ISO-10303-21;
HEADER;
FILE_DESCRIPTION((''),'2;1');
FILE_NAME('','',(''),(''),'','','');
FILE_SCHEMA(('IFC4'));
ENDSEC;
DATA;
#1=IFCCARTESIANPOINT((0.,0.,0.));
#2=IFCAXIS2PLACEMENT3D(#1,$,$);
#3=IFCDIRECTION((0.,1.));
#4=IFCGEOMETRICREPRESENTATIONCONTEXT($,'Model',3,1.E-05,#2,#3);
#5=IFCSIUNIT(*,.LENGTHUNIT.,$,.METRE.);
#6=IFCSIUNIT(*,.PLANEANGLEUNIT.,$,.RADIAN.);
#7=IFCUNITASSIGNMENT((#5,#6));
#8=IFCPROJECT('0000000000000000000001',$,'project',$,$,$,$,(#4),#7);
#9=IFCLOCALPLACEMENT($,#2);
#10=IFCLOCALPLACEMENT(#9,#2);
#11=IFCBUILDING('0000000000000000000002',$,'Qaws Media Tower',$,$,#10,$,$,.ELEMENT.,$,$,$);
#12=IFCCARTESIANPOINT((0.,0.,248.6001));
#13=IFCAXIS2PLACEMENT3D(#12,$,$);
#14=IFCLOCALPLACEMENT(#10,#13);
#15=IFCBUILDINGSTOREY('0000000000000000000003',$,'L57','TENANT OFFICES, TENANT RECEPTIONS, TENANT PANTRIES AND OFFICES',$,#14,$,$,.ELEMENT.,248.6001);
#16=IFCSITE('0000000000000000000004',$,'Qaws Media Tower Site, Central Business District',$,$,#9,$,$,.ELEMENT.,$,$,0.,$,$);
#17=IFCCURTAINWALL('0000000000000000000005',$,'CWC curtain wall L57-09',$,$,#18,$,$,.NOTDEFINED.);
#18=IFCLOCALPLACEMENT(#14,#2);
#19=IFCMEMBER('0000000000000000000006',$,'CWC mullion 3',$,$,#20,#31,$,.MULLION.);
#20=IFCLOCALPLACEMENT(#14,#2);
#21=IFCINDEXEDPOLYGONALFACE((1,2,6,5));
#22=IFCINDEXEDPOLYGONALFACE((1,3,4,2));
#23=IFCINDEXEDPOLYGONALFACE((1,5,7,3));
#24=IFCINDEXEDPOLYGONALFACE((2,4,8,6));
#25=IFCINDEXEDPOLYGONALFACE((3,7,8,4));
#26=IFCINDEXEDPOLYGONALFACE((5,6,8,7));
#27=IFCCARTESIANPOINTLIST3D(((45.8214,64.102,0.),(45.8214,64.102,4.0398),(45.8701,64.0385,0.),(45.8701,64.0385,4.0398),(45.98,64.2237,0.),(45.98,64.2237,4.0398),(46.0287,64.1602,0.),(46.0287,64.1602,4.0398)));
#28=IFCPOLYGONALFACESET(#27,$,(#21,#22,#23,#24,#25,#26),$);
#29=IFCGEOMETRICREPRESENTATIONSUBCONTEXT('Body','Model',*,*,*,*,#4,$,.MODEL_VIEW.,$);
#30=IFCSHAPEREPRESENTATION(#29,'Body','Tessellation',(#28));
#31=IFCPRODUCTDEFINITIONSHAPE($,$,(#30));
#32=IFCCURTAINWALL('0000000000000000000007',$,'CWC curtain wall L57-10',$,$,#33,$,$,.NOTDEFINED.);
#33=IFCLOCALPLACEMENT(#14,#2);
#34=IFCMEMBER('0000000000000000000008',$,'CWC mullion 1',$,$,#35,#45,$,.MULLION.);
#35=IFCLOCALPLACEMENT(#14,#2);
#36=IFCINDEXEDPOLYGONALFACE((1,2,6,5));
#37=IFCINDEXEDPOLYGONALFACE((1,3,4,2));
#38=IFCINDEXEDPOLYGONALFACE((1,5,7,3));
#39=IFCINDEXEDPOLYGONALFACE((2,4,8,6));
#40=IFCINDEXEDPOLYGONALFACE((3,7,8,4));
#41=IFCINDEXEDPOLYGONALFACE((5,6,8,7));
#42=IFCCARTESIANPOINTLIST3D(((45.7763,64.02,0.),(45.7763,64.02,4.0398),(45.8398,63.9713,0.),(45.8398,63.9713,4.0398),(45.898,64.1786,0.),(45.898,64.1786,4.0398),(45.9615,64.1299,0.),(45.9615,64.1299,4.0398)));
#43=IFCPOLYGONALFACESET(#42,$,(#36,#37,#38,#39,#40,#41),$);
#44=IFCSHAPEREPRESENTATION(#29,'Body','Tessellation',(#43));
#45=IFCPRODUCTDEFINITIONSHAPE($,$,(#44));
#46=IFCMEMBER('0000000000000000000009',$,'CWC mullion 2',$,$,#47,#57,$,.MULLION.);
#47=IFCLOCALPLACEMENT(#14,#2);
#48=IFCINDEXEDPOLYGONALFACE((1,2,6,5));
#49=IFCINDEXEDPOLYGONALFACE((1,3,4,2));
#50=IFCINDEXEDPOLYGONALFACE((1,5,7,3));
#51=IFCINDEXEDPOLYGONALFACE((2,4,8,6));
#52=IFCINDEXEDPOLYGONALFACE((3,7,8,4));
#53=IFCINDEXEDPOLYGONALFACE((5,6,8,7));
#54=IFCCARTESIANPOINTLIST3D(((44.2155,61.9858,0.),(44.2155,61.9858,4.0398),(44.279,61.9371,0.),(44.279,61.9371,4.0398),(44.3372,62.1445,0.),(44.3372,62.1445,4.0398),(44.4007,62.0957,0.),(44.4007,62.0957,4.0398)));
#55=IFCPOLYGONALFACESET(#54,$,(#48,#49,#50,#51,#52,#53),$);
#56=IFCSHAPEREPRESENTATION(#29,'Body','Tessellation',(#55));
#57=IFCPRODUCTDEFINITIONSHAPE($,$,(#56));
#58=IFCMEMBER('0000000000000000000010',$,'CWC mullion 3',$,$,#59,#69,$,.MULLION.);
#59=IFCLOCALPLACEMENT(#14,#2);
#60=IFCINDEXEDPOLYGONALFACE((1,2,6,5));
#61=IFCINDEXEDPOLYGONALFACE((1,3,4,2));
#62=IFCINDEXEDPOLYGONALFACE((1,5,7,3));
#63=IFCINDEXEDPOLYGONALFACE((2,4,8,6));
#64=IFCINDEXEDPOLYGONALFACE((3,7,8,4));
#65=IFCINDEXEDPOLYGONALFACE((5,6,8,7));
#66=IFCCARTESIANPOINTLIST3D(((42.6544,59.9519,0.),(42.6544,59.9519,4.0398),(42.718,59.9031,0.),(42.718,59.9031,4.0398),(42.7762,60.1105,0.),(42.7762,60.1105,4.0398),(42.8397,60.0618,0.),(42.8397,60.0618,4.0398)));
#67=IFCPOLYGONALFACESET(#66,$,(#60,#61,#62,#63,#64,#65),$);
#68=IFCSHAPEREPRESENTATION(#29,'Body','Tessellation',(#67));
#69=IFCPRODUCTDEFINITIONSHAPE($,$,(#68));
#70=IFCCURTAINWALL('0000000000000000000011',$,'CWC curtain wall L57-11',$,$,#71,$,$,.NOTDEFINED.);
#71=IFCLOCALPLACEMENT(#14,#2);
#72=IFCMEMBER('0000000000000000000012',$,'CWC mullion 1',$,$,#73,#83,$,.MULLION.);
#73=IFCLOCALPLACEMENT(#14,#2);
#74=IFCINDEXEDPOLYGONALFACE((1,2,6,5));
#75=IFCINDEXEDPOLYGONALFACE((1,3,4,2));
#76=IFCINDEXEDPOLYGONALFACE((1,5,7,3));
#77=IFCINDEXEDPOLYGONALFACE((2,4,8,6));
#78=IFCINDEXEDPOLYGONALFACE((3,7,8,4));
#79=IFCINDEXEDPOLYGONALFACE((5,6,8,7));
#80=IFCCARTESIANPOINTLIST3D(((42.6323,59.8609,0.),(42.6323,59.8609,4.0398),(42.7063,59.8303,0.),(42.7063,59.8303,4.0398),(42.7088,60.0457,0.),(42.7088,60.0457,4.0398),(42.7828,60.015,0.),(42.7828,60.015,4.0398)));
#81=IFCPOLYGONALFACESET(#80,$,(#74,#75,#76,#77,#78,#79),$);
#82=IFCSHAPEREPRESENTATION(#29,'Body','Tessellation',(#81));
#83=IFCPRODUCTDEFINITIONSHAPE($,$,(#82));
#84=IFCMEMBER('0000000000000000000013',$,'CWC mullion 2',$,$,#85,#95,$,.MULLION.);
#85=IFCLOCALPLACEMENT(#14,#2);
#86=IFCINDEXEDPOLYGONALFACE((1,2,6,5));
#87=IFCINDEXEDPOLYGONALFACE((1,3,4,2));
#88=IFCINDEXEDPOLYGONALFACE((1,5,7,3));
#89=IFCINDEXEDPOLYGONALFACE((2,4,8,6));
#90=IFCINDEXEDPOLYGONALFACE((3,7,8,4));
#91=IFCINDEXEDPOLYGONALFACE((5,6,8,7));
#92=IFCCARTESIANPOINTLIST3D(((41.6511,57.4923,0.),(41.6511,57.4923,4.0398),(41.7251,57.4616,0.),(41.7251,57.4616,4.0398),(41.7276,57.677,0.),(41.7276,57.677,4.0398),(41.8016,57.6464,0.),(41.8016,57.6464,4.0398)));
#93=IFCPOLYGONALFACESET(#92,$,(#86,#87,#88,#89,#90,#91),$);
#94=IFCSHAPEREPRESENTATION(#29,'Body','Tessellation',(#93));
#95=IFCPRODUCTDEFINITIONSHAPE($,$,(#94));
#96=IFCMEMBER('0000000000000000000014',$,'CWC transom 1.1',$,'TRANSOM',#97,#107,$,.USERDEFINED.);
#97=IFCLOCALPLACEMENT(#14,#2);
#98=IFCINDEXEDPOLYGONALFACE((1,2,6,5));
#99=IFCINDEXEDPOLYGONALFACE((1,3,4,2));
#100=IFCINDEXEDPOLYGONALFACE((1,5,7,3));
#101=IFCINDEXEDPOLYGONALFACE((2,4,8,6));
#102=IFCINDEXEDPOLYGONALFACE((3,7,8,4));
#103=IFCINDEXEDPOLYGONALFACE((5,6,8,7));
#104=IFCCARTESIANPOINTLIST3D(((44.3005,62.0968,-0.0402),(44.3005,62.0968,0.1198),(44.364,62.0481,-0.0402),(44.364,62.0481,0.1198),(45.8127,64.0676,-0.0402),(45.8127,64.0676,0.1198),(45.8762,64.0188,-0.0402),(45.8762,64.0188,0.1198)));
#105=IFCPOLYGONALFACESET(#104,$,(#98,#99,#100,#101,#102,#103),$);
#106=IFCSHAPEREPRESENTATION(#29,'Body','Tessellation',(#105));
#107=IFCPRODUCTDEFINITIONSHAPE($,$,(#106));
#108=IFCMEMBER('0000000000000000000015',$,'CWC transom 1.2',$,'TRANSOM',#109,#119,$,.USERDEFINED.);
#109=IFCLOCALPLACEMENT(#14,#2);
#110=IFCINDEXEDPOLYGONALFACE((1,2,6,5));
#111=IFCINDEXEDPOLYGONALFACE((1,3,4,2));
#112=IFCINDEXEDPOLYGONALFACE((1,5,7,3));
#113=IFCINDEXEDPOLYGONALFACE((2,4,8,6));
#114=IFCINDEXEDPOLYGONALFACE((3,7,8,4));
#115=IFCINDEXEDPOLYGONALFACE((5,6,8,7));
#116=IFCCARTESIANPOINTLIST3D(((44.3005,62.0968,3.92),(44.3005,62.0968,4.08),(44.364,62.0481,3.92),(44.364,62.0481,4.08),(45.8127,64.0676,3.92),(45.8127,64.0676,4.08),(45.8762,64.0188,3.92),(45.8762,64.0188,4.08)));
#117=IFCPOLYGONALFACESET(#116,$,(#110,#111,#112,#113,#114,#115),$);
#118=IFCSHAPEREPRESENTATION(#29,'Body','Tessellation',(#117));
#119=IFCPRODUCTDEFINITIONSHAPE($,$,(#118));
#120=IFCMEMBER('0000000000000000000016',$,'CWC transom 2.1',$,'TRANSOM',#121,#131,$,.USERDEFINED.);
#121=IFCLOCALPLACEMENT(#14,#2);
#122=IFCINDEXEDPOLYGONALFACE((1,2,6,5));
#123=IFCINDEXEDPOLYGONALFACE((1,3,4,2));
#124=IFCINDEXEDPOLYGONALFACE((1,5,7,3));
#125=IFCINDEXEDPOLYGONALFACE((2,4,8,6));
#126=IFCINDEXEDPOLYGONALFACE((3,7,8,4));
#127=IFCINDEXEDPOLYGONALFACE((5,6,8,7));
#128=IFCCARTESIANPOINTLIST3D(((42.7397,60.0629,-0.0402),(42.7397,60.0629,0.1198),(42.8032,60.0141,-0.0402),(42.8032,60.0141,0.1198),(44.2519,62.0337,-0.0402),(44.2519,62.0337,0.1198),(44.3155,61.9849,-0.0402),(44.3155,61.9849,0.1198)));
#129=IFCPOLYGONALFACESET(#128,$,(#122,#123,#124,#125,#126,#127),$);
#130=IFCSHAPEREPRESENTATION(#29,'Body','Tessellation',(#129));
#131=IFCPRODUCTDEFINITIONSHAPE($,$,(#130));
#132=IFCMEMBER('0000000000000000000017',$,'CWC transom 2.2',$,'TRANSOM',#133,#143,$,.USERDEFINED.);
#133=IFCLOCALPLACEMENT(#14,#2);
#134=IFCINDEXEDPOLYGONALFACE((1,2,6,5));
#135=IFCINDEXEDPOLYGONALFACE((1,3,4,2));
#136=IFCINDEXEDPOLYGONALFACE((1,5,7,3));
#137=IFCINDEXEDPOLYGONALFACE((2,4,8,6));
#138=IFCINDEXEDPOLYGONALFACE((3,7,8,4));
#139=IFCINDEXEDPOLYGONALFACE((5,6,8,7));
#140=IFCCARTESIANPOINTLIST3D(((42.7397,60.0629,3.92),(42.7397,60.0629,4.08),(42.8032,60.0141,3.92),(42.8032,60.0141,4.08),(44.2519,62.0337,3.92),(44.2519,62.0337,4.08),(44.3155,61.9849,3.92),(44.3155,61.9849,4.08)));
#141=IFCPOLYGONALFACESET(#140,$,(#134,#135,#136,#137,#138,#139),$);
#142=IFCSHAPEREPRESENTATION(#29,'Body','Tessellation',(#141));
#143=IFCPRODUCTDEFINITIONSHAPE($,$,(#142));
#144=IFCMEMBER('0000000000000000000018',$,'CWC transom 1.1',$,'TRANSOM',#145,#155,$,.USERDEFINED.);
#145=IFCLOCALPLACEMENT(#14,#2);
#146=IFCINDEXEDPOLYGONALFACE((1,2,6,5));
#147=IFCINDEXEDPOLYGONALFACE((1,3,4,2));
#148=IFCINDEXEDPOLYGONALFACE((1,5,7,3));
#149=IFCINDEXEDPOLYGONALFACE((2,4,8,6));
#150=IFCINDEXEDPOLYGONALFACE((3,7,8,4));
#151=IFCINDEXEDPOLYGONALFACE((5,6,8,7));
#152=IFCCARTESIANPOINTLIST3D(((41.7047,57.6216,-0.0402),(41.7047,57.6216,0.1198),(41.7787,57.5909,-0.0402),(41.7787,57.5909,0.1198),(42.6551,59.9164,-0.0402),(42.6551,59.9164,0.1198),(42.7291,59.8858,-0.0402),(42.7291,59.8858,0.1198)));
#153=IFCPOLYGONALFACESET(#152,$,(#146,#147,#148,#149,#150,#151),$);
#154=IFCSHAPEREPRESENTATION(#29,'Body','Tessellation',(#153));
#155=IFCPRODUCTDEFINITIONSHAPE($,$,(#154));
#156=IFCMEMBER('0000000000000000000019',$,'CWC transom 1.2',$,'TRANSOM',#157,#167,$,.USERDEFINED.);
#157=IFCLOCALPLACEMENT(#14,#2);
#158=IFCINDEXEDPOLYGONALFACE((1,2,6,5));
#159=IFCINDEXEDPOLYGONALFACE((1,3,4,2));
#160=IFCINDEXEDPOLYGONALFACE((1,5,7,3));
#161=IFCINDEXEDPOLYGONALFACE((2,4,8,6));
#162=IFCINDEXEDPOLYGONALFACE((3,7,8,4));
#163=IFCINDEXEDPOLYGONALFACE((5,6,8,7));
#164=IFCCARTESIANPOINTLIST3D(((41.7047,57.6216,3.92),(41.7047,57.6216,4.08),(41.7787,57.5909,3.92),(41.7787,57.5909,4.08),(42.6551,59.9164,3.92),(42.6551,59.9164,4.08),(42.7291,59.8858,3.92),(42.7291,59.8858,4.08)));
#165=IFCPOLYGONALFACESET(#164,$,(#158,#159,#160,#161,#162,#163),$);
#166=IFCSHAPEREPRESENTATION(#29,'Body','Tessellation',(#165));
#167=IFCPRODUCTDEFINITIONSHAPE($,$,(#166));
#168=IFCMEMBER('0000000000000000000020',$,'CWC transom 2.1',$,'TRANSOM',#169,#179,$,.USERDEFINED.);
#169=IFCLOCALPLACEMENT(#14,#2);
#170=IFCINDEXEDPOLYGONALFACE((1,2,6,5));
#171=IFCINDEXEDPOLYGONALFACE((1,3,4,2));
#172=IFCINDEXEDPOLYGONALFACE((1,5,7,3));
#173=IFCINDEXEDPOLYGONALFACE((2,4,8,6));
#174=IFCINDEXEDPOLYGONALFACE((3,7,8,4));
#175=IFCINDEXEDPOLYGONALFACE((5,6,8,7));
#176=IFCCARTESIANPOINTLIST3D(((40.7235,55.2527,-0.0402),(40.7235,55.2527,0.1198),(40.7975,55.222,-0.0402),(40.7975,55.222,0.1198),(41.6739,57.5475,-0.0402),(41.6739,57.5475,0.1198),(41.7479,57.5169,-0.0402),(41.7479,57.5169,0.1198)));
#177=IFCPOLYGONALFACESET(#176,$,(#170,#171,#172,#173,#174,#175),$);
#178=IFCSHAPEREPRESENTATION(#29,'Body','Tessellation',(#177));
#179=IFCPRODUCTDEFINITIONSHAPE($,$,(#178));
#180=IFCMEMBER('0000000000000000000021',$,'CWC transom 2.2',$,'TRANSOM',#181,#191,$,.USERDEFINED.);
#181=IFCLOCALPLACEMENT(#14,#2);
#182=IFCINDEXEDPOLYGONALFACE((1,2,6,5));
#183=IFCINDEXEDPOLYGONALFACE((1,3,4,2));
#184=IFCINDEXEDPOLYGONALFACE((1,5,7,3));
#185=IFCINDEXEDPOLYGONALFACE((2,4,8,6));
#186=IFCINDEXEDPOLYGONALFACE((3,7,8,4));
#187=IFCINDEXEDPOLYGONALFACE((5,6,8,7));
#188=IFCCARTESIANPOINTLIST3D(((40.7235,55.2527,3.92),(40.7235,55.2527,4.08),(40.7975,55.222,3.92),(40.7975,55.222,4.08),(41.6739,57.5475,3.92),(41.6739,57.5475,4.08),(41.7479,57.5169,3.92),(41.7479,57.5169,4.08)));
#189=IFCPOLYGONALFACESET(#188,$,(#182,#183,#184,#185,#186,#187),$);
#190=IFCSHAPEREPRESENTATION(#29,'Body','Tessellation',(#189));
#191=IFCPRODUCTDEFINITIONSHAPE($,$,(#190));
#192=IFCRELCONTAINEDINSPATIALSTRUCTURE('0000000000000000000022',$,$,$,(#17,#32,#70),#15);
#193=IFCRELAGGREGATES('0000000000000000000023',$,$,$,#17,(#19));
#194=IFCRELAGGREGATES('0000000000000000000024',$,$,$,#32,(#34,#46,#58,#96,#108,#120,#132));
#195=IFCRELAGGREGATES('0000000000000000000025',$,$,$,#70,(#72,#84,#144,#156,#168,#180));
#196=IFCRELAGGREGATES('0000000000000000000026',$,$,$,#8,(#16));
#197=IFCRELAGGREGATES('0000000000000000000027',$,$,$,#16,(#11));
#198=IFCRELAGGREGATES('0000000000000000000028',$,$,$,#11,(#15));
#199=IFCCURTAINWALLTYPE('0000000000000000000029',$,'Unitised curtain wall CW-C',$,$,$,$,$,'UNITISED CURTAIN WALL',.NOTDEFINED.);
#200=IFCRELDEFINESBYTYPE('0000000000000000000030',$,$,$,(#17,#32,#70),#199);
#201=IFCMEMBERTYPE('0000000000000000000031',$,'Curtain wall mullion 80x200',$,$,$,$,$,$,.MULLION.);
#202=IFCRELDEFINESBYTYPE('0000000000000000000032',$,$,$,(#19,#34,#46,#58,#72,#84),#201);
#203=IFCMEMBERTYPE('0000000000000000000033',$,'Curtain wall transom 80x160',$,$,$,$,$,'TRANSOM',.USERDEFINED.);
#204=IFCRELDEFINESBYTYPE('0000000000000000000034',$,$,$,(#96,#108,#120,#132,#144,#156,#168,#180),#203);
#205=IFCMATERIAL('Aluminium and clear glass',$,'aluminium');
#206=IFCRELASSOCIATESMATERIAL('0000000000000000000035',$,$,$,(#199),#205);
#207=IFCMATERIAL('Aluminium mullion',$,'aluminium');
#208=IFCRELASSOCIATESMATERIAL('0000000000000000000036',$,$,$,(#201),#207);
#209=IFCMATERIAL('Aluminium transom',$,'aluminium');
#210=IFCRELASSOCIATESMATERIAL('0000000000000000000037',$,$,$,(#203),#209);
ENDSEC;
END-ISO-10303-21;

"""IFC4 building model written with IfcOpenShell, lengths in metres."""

from ifc_helpers import new_model, si_unit, direction, frame, origin, origin_2d, place, context, subcontext, project, spatial, rectangle, extrude, material, material_profile, profile_set, type_object, element, aggregate, save


model = new_model("IFC4")

# Units and contexts
model_context = context("Model", 3, precision=1e-05, world=origin(), true_north=direction((0.0, 1.0)))
body_context = subcontext(model_context, "Body", "Model", "MODEL_VIEW")
ifc_project = project(units=[si_unit("LENGTHUNIT", "METRE"), si_unit("PLANEANGLEUNIT", "RADIAN")], contexts=[model_context])

# Site, building, storey
site_placement = place(None, origin())
site = spatial("IfcSite", under=ifc_project, at=site_placement, Name="Qaws Media Tower Site, Central Business District", CompositionType="ELEMENT", RefElevation=0.0)
building_placement = place(site_placement, origin())
building = spatial("IfcBuilding", under=site, at=building_placement, Name="Qaws Media Tower", CompositionType="ELEMENT")
storey_placement = place(building_placement, frame((0.0, 0.0, 248.6001)))
storey = spatial("IfcBuildingStorey", under=building, at=storey_placement, Name="L57", Description="TENANT OFFICES, TENANT RECEPTIONS, TENANT PANTRIES AND OFFICES", CompositionType="ELEMENT", Elevation=248.6001)

# Curtain wall, member
ifc_material_1 = material(Name="Aluminium and clear glass", Category="aluminium")
curtain_wall_type = type_object("IfcCurtainWallType", Name="Unitised curtain wall CW-C", ElementType="UNITISED CURTAIN WALL", PredefinedType="NOTDEFINED", material=ifc_material_1)
curtain_wall_1_placement = place(storey_placement, origin())
curtain_wall_1 = element("IfcCurtainWall", 1, at=curtain_wall_1_placement, inside=storey, type_object=curtain_wall_type, Name="CWC curtain wall L57-09", PredefinedType="NOTDEFINED")
ifc_material_2 = material(Name="Aluminium mullion", Category="aluminium")
ifc_material_profile_1 = material_profile(ifc_material_2, rectangle(XDim=0.0801, YDim=0.2, at=origin_2d()), Name="80x200")
ifc_profile_set_1 = profile_set([ifc_material_profile_1], Name="Aluminium mullion")
member_type_1 = type_object("IfcMemberType", Name="Curtain wall mullion 80x200", PredefinedType="MULLION", material=ifc_profile_set_1)
member_1_placement = place(storey_placement, frame((45.925, 64.1311, 0.0), z_axis=(0.0, 0.0, 1.0), x_axis=(0.608762, -0.793353, 0.0)))
member_1 = element("IfcMember", 2, at=member_1_placement, type_object=member_type_1, Name="CWC mullion 3", PredefinedType="MULLION", context=body_context, shape_type="SweptSolid", body=[
    extrude(rectangle(XDim=0.0801, YDim=0.2, at=origin_2d()), origin(), (0.0, 0.0, 1.0), 4.0398),
])
aggregate(curtain_wall_1, [member_1])

# Curtain walls, members
curtain_wall_2_placement = place(storey_placement, origin())
curtain_wall_2 = element("IfcCurtainWall", 3, at=curtain_wall_2_placement, inside=storey, type_object=curtain_wall_type, Name="CWC curtain wall L57-10", PredefinedType="NOTDEFINED")
member_2_placement = place(storey_placement, frame((45.8689, 64.075, 0.0), z_axis=(0.0, 0.0, 1.0), x_axis=(0.793353, -0.608762, 0.0)))
member_2 = element("IfcMember", 4, at=member_2_placement, type_object=member_type_1, Name="CWC mullion 1", PredefinedType="MULLION", context=body_context, shape_type="SweptSolid", body=[
    extrude(rectangle(XDim=0.0801, YDim=0.2, at=origin_2d()), origin(), (0.0, 0.0, 1.0), 4.0398),
])
member_3_placement = place(storey_placement, frame((44.3081, 62.0408, 0.0), z_axis=(0.0, 0.0, 1.0), x_axis=(0.793353, -0.608762, 0.0)))
member_3 = element("IfcMember", 5, at=member_3_placement, type_object=member_type_1, Name="CWC mullion 2", PredefinedType="MULLION", context=body_context, shape_type="SweptSolid", body=[
    extrude(rectangle(XDim=0.0801, YDim=0.2, at=origin_2d()), origin(), (0.0, 0.0, 1.0), 4.0398),
])
member_4_placement = place(storey_placement, frame((42.7471, 60.0068, 0.0), z_axis=(0.0, 0.0, 1.0), x_axis=(0.793353, -0.608762, 0.0)))
member_4 = element("IfcMember", 6, at=member_4_placement, type_object=member_type_1, Name="CWC mullion 3", PredefinedType="MULLION", context=body_context, shape_type="SweptSolid", body=[
    extrude(rectangle(XDim=0.0801, YDim=0.2, at=origin_2d()), origin(), (0.0, 0.0, 1.0), 4.0398),
])
curtain_wall_3_placement = place(storey_placement, origin())
curtain_wall_3 = element("IfcCurtainWall", 7, at=curtain_wall_3_placement, inside=storey, type_object=curtain_wall_type, Name="CWC curtain wall L57-11", PredefinedType="NOTDEFINED")
member_5_placement = place(storey_placement, frame((42.7075, 59.938, 0.0), z_axis=(0.0, 0.0, 1.0), x_axis=(0.92388, -0.382683, 0.0)))
member_5 = element("IfcMember", 8, at=member_5_placement, type_object=member_type_1, Name="CWC mullion 1", PredefinedType="MULLION", context=body_context, shape_type="SweptSolid", body=[
    extrude(rectangle(XDim=0.0801, YDim=0.2, at=origin_2d()), origin(), (0.0, 0.0, 1.0), 4.0398),
])
member_6_placement = place(storey_placement, frame((41.7263, 57.5693, 0.0), z_axis=(0.0, 0.0, 1.0), x_axis=(0.92388, -0.382683, 0.0)))
member_6 = element("IfcMember", 9, at=member_6_placement, type_object=member_type_1, Name="CWC mullion 2", PredefinedType="MULLION", context=body_context, shape_type="SweptSolid", body=[
    extrude(rectangle(XDim=0.0801, YDim=0.2, at=origin_2d()), origin(), (0.0, 0.0, 1.0), 4.0398),
])

# Members
ifc_material_3 = material(Name="Aluminium transom", Category="aluminium")
ifc_material_profile_2 = material_profile(ifc_material_3, rectangle(XDim=0.0801, YDim=0.1599, at=origin_2d()), Name="80x160")
ifc_profile_set_2 = profile_set([ifc_material_profile_2], Name="Aluminium transom")
member_type_2 = type_object("IfcMemberType", Name="Curtain wall transom 80x160", ElementType="TRANSOM", PredefinedType="USERDEFINED", material=ifc_profile_set_2)
member_7_placement = place(storey_placement, frame((45.8445, 64.0432, 0.0398), z_axis=(-0.60877, -0.793347, 0.0), x_axis=(0.793347, -0.60877, 0.0)))
member_7 = element("IfcMember", 10, at=member_7_placement, type_object=member_type_2, Name="CWC transom 1.1", ObjectType="TRANSOM", PredefinedType="USERDEFINED", context=body_context, shape_type="SweptSolid", body=[
    extrude(rectangle(XDim=0.0801, YDim=0.1599, at=origin_2d()), origin(), (0.0, 0.0, 1.0), 2.4841),
])
member_8_placement = place(storey_placement, frame((45.8445, 64.0432, 4.0), z_axis=(-0.60877, -0.793347, 0.0), x_axis=(0.793347, -0.60877, 0.0)))
member_8 = element("IfcMember", 11, at=member_8_placement, type_object=member_type_2, Name="CWC transom 1.2", ObjectType="TRANSOM", PredefinedType="USERDEFINED", context=body_context, shape_type="SweptSolid", body=[
    extrude(rectangle(XDim=0.0801, YDim=0.1599, at=origin_2d()), origin(), (0.0, 0.0, 1.0), 2.4841),
])
member_9_placement = place(storey_placement, frame((44.2837, 62.0093, 0.0398), z_axis=(-0.60877, -0.793347, 0.0), x_axis=(0.793347, -0.60877, 0.0)))
member_9 = element("IfcMember", 12, at=member_9_placement, type_object=member_type_2, Name="CWC transom 2.1", ObjectType="TRANSOM", PredefinedType="USERDEFINED", context=body_context, shape_type="SweptSolid", body=[
    extrude(rectangle(XDim=0.0801, YDim=0.1599, at=origin_2d()), origin(), (0.0, 0.0, 1.0), 2.4841),
])
member_10_placement = place(storey_placement, frame((44.2837, 62.0093, 4.0), z_axis=(-0.60877, -0.793347, 0.0), x_axis=(0.793347, -0.60877, 0.0)))
member_10 = element("IfcMember", 13, at=member_10_placement, type_object=member_type_2, Name="CWC transom 2.2", ObjectType="TRANSOM", PredefinedType="USERDEFINED", context=body_context, shape_type="SweptSolid", body=[
    extrude(rectangle(XDim=0.0801, YDim=0.1599, at=origin_2d()), origin(), (0.0, 0.0, 1.0), 2.4841),
])
member_11_placement = place(storey_placement, frame((42.6921, 59.9011, 0.0398), z_axis=(-0.382632, -0.923901, 0.0), x_axis=(0.923901, -0.382632, 0.0)))
member_11 = element("IfcMember", 14, at=member_11_placement, type_object=member_type_2, Name="CWC transom 1.1", ObjectType="TRANSOM", PredefinedType="USERDEFINED", context=body_context, shape_type="SweptSolid", body=[
    extrude(rectangle(XDim=0.0801, YDim=0.1599, at=origin_2d()), origin(), (0.0, 0.0, 1.0), 2.4839),
])
member_12_placement = place(storey_placement, frame((42.6921, 59.9011, 4.0), z_axis=(-0.382632, -0.923901, 0.0), x_axis=(0.923901, -0.382632, 0.0)))
member_12 = element("IfcMember", 15, at=member_12_placement, type_object=member_type_2, Name="CWC transom 1.2", ObjectType="TRANSOM", PredefinedType="USERDEFINED", context=body_context, shape_type="SweptSolid", body=[
    extrude(rectangle(XDim=0.0801, YDim=0.1599, at=origin_2d()), origin(), (0.0, 0.0, 1.0), 2.4839),
])
member_13_placement = place(storey_placement, frame((41.7109, 57.5322, 0.0398), z_axis=(-0.382632, -0.923901, 0.0), x_axis=(0.923901, -0.382632, 0.0)))
member_13 = element("IfcMember", 16, at=member_13_placement, type_object=member_type_2, Name="CWC transom 2.1", ObjectType="TRANSOM", PredefinedType="USERDEFINED", context=body_context, shape_type="SweptSolid", body=[
    extrude(rectangle(XDim=0.0801, YDim=0.1599, at=origin_2d()), origin(), (0.0, 0.0, 1.0), 2.4839),
])
member_14_placement = place(storey_placement, frame((41.7109, 57.5322, 4.0), z_axis=(-0.382632, -0.923901, 0.0), x_axis=(0.923901, -0.382632, 0.0)))
member_14 = element("IfcMember", 17, at=member_14_placement, type_object=member_type_2, Name="CWC transom 2.2", ObjectType="TRANSOM", PredefinedType="USERDEFINED", context=body_context, shape_type="SweptSolid", body=[
    extrude(rectangle(XDim=0.0801, YDim=0.1599, at=origin_2d()), origin(), (0.0, 0.0, 1.0), 2.4839),
])

aggregate(curtain_wall_2, [member_2, member_3, member_4, member_7, member_8, member_9, member_10])
aggregate(curtain_wall_3, [member_5, member_6, member_11, member_12, member_13, member_14])

save(model, "model.ifc")
